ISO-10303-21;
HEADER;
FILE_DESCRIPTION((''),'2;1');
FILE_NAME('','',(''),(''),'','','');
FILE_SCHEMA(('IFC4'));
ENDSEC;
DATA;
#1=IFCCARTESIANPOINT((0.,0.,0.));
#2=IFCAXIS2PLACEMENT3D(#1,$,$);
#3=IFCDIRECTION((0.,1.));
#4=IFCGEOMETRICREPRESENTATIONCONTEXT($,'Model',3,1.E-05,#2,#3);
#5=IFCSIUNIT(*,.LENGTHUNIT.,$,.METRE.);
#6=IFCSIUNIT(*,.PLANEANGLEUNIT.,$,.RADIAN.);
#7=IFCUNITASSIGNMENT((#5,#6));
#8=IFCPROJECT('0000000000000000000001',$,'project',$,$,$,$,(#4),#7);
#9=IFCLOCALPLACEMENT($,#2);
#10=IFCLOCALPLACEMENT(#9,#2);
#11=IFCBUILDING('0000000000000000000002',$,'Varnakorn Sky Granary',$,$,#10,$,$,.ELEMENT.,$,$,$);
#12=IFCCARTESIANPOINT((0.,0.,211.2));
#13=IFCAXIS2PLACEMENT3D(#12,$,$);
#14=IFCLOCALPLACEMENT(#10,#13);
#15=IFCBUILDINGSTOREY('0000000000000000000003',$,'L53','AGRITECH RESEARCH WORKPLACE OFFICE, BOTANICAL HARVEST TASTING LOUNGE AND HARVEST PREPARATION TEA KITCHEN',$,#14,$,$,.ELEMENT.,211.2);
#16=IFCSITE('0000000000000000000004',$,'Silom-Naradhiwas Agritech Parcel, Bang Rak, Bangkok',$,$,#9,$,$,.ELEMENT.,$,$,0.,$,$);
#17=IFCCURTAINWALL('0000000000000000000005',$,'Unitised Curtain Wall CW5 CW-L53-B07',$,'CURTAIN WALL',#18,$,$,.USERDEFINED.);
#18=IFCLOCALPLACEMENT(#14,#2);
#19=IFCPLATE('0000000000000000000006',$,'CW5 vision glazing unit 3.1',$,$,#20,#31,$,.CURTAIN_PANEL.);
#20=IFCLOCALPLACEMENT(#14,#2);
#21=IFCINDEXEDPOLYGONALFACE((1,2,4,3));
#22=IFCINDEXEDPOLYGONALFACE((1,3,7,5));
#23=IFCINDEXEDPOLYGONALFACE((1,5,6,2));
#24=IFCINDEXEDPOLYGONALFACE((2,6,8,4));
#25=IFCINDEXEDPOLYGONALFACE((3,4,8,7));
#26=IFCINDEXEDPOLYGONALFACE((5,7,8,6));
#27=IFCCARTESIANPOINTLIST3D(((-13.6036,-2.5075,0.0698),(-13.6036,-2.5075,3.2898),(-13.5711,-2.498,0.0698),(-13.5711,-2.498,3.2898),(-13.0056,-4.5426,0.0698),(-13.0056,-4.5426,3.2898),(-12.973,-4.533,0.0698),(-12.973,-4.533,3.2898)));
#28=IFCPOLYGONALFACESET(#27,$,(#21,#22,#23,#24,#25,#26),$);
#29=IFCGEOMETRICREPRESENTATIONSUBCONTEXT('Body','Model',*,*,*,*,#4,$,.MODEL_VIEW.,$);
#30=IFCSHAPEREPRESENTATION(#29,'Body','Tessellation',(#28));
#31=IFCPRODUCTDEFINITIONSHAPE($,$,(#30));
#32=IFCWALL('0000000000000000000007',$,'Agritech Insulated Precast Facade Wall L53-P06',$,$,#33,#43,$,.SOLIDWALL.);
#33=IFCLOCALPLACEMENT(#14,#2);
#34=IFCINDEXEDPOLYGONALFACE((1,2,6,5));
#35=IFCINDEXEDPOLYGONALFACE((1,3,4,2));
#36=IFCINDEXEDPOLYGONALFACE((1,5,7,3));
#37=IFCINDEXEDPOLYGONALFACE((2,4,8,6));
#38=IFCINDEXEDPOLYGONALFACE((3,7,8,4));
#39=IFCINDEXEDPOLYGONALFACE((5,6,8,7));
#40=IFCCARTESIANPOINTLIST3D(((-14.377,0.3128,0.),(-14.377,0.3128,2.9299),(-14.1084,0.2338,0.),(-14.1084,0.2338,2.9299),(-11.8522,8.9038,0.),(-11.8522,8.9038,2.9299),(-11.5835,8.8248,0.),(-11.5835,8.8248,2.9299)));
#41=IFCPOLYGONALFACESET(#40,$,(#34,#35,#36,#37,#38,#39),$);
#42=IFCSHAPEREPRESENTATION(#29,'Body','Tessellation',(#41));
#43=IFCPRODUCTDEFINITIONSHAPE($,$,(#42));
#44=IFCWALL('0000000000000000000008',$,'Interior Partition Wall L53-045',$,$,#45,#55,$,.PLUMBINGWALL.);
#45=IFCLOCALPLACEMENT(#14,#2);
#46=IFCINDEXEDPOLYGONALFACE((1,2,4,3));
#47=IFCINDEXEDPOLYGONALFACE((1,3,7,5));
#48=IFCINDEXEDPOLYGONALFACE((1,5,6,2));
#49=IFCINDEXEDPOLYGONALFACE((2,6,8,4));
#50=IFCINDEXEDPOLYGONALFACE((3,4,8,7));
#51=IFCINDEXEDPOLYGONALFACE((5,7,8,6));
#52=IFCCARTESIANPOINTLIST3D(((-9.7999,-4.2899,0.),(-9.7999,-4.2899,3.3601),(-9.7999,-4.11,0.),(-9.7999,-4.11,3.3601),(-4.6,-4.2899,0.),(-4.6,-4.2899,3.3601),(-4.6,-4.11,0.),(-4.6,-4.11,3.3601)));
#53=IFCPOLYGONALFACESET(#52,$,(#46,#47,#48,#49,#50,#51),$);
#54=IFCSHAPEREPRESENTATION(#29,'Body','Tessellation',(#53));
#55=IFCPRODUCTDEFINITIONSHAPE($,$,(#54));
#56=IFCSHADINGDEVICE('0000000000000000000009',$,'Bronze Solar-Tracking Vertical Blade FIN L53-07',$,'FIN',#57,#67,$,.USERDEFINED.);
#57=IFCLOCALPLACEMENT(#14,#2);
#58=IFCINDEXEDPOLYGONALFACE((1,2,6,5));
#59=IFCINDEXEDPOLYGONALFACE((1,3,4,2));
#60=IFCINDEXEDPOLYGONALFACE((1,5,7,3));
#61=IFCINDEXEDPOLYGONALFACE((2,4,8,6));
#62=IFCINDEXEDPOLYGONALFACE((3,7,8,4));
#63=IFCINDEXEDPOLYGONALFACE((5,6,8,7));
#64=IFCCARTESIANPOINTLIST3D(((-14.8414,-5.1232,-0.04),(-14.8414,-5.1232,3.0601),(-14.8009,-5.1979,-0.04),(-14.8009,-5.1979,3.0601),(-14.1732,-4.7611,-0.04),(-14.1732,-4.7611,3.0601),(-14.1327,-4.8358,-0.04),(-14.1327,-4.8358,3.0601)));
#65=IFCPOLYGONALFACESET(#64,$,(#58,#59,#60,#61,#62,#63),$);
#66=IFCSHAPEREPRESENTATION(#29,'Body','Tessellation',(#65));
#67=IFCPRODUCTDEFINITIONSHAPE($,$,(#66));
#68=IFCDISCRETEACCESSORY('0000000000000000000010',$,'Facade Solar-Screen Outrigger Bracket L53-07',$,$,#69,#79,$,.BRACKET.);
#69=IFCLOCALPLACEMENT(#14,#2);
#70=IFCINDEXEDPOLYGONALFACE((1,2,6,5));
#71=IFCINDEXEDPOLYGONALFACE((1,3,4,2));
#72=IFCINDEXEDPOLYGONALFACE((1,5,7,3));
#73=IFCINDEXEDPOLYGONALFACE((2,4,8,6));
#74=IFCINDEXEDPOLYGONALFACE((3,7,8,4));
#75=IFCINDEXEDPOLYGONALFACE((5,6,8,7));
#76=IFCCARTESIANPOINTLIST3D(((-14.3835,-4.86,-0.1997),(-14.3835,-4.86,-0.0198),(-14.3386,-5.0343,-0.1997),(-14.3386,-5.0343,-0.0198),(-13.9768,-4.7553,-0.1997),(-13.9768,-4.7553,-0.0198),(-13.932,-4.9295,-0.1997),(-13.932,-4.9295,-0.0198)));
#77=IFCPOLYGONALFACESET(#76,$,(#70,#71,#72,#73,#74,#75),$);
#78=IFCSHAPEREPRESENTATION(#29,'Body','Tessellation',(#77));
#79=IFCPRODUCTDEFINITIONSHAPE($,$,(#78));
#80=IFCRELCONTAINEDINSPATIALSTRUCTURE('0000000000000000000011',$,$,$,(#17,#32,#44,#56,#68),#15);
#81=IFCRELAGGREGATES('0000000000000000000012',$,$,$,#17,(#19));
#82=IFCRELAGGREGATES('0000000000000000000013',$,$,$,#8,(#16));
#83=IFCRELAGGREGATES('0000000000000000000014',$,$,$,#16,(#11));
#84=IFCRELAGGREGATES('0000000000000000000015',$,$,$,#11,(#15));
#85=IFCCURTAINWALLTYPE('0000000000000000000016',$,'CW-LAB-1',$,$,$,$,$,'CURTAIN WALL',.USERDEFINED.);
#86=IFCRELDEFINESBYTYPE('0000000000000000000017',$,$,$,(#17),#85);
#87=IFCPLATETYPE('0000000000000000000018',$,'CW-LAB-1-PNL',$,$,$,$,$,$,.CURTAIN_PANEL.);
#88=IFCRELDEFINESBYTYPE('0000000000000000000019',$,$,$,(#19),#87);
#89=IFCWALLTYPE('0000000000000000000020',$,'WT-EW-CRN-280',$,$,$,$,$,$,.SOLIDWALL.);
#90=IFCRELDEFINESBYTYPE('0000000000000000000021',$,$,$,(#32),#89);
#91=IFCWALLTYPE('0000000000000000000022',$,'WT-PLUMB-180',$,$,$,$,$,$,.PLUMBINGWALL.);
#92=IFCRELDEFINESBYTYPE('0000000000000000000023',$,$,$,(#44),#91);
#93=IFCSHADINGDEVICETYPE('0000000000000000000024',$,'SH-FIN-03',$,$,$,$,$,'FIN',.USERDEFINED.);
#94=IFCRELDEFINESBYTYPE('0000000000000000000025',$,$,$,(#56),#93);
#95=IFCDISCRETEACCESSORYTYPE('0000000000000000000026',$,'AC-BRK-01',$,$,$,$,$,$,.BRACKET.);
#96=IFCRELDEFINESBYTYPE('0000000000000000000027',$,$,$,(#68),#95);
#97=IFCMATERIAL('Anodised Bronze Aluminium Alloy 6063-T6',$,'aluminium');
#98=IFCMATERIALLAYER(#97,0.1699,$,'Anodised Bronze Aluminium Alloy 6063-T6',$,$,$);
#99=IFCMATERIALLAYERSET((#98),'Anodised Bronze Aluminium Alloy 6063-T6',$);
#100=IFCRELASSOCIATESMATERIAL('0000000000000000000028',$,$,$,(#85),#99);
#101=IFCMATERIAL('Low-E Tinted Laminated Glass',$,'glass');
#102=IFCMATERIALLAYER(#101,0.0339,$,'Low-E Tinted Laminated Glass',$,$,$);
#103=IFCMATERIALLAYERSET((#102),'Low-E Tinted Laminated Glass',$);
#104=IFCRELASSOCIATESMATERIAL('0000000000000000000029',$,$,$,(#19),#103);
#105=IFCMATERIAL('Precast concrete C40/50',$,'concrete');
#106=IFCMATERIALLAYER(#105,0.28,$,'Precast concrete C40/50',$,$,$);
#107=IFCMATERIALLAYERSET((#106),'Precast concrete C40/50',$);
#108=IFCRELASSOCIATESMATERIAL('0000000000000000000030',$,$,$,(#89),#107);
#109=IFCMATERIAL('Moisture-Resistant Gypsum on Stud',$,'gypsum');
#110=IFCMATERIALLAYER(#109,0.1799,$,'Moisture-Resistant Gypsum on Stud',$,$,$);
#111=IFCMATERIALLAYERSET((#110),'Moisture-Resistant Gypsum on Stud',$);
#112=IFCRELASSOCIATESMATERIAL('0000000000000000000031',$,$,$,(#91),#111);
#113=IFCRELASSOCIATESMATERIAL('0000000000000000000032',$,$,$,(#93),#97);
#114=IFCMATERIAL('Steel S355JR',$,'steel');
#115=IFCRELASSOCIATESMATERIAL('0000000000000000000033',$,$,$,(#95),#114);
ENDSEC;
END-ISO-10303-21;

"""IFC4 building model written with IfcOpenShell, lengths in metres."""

from ifc_helpers import new_model, si_unit, direction, frame, frame_2d, origin, origin_2d, place, context, subcontext, project, spatial, rectangle, extrude, source, transform, mapped, material, layer, layer_set, type_object, type_shapes, element, aggregate, save


model = new_model("IFC4")

# Units and contexts
model_context = context("Model", 3, precision=1e-05, world=origin(), true_north=direction((0.0, 1.0)))
body_context = subcontext(model_context, "Body", "Model", "MODEL_VIEW")
ifc_project = project(units=[si_unit("LENGTHUNIT", "METRE"), si_unit("PLANEANGLEUNIT", "RADIAN")], contexts=[model_context])

# Site, building, storey
site_placement = place(None, origin())
site = spatial("IfcSite", under=ifc_project, at=site_placement, Name="Silom-Naradhiwas Agritech Parcel, Bang Rak, Bangkok", CompositionType="ELEMENT", RefElevation=0.0)
building_placement = place(site_placement, origin())
building = spatial("IfcBuilding", under=site, at=building_placement, Name="Varnakorn Sky Granary", CompositionType="ELEMENT")
storey_placement = place(building_placement, frame((0.0, 0.0, 211.2)))
storey = spatial("IfcBuildingStorey", under=building, at=storey_placement, Name="L53", Description="AGRITECH RESEARCH WORKPLACE OFFICE, BOTANICAL HARVEST TASTING LOUNGE AND HARVEST PREPARATION TEA KITCHEN", CompositionType="ELEMENT", Elevation=211.2)

# Shared definitions
ifc_material_1 = material(Name="Steel S355JR", Category="steel")

# Curtain wall
ifc_material_2 = material(Name="Anodised Bronze Aluminium Alloy 6063-T6", Category="aluminium")
ifc_layer_1 = layer(ifc_material_2, 0.1699, Name="Anodised Bronze Aluminium Alloy 6063-T6")
ifc_layer_set_1 = layer_set([ifc_layer_1], Name="Anodised Bronze Aluminium Alloy 6063-T6")
curtain_wall_type = type_object("IfcCurtainWallType", Name="CW-LAB-1", ElementType="CURTAIN WALL", PredefinedType="USERDEFINED", material=ifc_layer_set_1)
curtain_wall_placement = place(storey_placement, origin())
curtain_wall = element("IfcCurtainWall", 1, at=curtain_wall_placement, inside=storey, type_object=curtain_wall_type, Name="Unitised Curtain Wall CW5 CW-L53-B07", ObjectType="CURTAIN WALL", PredefinedType="USERDEFINED")

# Plate
ifc_material_3 = material(Name="Low-E Tinted Laminated Glass", Category="glass")
ifc_layer_2 = layer(ifc_material_3, 0.0339, Name="Low-E Tinted Laminated Glass")
ifc_layer_set_2 = layer_set([ifc_layer_2], Name="Low-E Tinted Laminated Glass")
plate_type = type_object("IfcPlateType", Name="CW-LAB-1-PNL", PredefinedType="CURTAIN_PANEL")
shared_shape_1 = source(origin(), body_context, "Body", "SweptSolid", [
    extrude(rectangle(XDim=2.1211, YDim=0.0339, at=origin_2d()), origin(), (0.0, 0.0, 1.0), 3.22),
])
plate_1_placement = place(storey_placement, frame((-13.2883, -3.5203, 0.0698), z_axis=(0.0, 0.0, 1.0), x_axis=(-0.281963, 0.959425, 0.0)))
plate_1 = element("IfcPlate", 2, at=plate_1_placement, type_object=plate_type, material=ifc_layer_set_2, Name="CW5 vision glazing unit 3.1", PredefinedType="CURTAIN_PANEL", context=body_context, shape_type="MappedRepresentation", body=[
    mapped(shared_shape_1, transform((0.0, 0.0, 0.0), x_axis=(1.0, 0.0, 0.0), y_axis=(0.0, 1.0, 0.0), z_axis=(0.0, 0.0, 1.0), scale=1.0)),
])
aggregate(curtain_wall, [plate_1])

# Walls
ifc_material_4 = material(Name="Precast concrete C40/50", Category="concrete")
ifc_layer_3 = layer(ifc_material_4, 0.28, Name="Precast concrete C40/50")
ifc_layer_set_3 = layer_set([ifc_layer_3], Name="Precast concrete C40/50")
wall_type_1 = type_object("IfcWallType", Name="WT-EW-CRN-280", PredefinedType="SOLIDWALL", material=ifc_layer_set_3)
wall_1_placement = place(storey_placement, frame((-14.2427, 0.2734, 0.0), z_axis=(0.0, 0.0, 1.0), x_axis=(0.281973, 0.959422, 0.0)))
element("IfcWall", 3, at=wall_1_placement, inside=storey, type_object=wall_type_1, Name="Agritech Insulated Precast Facade Wall L53-P06", PredefinedType="SOLIDWALL", context=body_context, shape_type="SweptSolid", body=[
    extrude(rectangle(XDim=8.9543, YDim=0.28, at=frame_2d((4.4771, 0.0))), origin(), (0.0, 0.0, 1.0), 2.9299),
])
ifc_material_5 = material(Name="Moisture-Resistant Gypsum on Stud", Category="gypsum")
ifc_layer_4 = layer(ifc_material_5, 0.1799, Name="Moisture-Resistant Gypsum on Stud")
ifc_layer_set_4 = layer_set([ifc_layer_4], Name="Moisture-Resistant Gypsum on Stud")
wall_type_2 = type_object("IfcWallType", Name="WT-PLUMB-180", PredefinedType="PLUMBINGWALL", material=ifc_layer_set_4)
wall_2_placement = place(storey_placement, frame((-9.8, -4.2, 0.0), z_axis=(0.0, 0.0, 1.0), x_axis=(1.0, 0.0, 0.0)))
element("IfcWall", 4, at=wall_2_placement, inside=storey, type_object=wall_type_2, Name="Interior Partition Wall L53-045", PredefinedType="PLUMBINGWALL", context=body_context, shape_type="SweptSolid", body=[
    extrude(rectangle(XDim=5.2, YDim=0.1799, at=frame_2d((2.6001, 0.0))), origin(), (0.0, 0.0, 1.0), 3.3601),
])

# Shading device
shading_device_type = type_object("IfcShadingDeviceType", Name="SH-FIN-03", ElementType="FIN", PredefinedType="USERDEFINED", material=ifc_material_2)
shared_shape_2 = source(origin(), body_context, "Body", "SweptSolid", [
    extrude(rectangle(XDim=0.085, YDim=0.76, at=origin_2d()), origin(), (0.0, 0.0, 1.0), 3.1001),
])
type_shapes(shading_device_type, [shared_shape_2])
shading_device_placement = place(storey_placement, frame((-14.4871, -4.9795, -0.04), z_axis=(0.0, 0.0, 1.0), x_axis=(0.4764, -0.879229, 0.0)))
element("IfcShadingDevice", 5, at=shading_device_placement, inside=storey, type_object=shading_device_type, Name="Bronze Solar-Tracking Vertical Blade FIN L53-07", ObjectType="FIN", PredefinedType="USERDEFINED", context=body_context, shape_type="MappedRepresentation", body=[
    mapped(shared_shape_2, transform((0.0, 0.0, 0.0), x_axis=(1.0, 0.0, 0.0), y_axis=(0.0, 1.0, 0.0), z_axis=(0.0, 0.0, 1.0), scale=1.0)),
])

# Discrete accessory
discrete_accessory_type = type_object("IfcDiscreteAccessoryType", Name="AC-BRK-01", PredefinedType="BRACKET", material=ifc_material_1)
shared_shape_3 = source(origin(), body_context, "Body", "SweptSolid", [
    extrude(rectangle(XDim=0.1799, YDim=0.4199, at=origin_2d()), origin(), (0.0, 0.0, 1.0), 0.1799),
])
type_shapes(discrete_accessory_type, [shared_shape_3])
discrete_accessory_placement = place(storey_placement, frame((-14.1577, -4.8948, -0.1997), z_axis=(0.0, 0.0, 1.0), x_axis=(0.249376, -0.968407, 0.0)))
element("IfcDiscreteAccessory", 6, at=discrete_accessory_placement, inside=storey, type_object=discrete_accessory_type, Name="Facade Solar-Screen Outrigger Bracket L53-07", PredefinedType="BRACKET", context=body_context, shape_type="MappedRepresentation", body=[
    mapped(shared_shape_3, transform((0.0, 0.0, 0.0), x_axis=(1.0, 0.0, 0.0), y_axis=(0.0, 1.0, 0.0), z_axis=(0.0, 0.0, 1.0), scale=1.0)),
])

save(model, "model.ifc")
